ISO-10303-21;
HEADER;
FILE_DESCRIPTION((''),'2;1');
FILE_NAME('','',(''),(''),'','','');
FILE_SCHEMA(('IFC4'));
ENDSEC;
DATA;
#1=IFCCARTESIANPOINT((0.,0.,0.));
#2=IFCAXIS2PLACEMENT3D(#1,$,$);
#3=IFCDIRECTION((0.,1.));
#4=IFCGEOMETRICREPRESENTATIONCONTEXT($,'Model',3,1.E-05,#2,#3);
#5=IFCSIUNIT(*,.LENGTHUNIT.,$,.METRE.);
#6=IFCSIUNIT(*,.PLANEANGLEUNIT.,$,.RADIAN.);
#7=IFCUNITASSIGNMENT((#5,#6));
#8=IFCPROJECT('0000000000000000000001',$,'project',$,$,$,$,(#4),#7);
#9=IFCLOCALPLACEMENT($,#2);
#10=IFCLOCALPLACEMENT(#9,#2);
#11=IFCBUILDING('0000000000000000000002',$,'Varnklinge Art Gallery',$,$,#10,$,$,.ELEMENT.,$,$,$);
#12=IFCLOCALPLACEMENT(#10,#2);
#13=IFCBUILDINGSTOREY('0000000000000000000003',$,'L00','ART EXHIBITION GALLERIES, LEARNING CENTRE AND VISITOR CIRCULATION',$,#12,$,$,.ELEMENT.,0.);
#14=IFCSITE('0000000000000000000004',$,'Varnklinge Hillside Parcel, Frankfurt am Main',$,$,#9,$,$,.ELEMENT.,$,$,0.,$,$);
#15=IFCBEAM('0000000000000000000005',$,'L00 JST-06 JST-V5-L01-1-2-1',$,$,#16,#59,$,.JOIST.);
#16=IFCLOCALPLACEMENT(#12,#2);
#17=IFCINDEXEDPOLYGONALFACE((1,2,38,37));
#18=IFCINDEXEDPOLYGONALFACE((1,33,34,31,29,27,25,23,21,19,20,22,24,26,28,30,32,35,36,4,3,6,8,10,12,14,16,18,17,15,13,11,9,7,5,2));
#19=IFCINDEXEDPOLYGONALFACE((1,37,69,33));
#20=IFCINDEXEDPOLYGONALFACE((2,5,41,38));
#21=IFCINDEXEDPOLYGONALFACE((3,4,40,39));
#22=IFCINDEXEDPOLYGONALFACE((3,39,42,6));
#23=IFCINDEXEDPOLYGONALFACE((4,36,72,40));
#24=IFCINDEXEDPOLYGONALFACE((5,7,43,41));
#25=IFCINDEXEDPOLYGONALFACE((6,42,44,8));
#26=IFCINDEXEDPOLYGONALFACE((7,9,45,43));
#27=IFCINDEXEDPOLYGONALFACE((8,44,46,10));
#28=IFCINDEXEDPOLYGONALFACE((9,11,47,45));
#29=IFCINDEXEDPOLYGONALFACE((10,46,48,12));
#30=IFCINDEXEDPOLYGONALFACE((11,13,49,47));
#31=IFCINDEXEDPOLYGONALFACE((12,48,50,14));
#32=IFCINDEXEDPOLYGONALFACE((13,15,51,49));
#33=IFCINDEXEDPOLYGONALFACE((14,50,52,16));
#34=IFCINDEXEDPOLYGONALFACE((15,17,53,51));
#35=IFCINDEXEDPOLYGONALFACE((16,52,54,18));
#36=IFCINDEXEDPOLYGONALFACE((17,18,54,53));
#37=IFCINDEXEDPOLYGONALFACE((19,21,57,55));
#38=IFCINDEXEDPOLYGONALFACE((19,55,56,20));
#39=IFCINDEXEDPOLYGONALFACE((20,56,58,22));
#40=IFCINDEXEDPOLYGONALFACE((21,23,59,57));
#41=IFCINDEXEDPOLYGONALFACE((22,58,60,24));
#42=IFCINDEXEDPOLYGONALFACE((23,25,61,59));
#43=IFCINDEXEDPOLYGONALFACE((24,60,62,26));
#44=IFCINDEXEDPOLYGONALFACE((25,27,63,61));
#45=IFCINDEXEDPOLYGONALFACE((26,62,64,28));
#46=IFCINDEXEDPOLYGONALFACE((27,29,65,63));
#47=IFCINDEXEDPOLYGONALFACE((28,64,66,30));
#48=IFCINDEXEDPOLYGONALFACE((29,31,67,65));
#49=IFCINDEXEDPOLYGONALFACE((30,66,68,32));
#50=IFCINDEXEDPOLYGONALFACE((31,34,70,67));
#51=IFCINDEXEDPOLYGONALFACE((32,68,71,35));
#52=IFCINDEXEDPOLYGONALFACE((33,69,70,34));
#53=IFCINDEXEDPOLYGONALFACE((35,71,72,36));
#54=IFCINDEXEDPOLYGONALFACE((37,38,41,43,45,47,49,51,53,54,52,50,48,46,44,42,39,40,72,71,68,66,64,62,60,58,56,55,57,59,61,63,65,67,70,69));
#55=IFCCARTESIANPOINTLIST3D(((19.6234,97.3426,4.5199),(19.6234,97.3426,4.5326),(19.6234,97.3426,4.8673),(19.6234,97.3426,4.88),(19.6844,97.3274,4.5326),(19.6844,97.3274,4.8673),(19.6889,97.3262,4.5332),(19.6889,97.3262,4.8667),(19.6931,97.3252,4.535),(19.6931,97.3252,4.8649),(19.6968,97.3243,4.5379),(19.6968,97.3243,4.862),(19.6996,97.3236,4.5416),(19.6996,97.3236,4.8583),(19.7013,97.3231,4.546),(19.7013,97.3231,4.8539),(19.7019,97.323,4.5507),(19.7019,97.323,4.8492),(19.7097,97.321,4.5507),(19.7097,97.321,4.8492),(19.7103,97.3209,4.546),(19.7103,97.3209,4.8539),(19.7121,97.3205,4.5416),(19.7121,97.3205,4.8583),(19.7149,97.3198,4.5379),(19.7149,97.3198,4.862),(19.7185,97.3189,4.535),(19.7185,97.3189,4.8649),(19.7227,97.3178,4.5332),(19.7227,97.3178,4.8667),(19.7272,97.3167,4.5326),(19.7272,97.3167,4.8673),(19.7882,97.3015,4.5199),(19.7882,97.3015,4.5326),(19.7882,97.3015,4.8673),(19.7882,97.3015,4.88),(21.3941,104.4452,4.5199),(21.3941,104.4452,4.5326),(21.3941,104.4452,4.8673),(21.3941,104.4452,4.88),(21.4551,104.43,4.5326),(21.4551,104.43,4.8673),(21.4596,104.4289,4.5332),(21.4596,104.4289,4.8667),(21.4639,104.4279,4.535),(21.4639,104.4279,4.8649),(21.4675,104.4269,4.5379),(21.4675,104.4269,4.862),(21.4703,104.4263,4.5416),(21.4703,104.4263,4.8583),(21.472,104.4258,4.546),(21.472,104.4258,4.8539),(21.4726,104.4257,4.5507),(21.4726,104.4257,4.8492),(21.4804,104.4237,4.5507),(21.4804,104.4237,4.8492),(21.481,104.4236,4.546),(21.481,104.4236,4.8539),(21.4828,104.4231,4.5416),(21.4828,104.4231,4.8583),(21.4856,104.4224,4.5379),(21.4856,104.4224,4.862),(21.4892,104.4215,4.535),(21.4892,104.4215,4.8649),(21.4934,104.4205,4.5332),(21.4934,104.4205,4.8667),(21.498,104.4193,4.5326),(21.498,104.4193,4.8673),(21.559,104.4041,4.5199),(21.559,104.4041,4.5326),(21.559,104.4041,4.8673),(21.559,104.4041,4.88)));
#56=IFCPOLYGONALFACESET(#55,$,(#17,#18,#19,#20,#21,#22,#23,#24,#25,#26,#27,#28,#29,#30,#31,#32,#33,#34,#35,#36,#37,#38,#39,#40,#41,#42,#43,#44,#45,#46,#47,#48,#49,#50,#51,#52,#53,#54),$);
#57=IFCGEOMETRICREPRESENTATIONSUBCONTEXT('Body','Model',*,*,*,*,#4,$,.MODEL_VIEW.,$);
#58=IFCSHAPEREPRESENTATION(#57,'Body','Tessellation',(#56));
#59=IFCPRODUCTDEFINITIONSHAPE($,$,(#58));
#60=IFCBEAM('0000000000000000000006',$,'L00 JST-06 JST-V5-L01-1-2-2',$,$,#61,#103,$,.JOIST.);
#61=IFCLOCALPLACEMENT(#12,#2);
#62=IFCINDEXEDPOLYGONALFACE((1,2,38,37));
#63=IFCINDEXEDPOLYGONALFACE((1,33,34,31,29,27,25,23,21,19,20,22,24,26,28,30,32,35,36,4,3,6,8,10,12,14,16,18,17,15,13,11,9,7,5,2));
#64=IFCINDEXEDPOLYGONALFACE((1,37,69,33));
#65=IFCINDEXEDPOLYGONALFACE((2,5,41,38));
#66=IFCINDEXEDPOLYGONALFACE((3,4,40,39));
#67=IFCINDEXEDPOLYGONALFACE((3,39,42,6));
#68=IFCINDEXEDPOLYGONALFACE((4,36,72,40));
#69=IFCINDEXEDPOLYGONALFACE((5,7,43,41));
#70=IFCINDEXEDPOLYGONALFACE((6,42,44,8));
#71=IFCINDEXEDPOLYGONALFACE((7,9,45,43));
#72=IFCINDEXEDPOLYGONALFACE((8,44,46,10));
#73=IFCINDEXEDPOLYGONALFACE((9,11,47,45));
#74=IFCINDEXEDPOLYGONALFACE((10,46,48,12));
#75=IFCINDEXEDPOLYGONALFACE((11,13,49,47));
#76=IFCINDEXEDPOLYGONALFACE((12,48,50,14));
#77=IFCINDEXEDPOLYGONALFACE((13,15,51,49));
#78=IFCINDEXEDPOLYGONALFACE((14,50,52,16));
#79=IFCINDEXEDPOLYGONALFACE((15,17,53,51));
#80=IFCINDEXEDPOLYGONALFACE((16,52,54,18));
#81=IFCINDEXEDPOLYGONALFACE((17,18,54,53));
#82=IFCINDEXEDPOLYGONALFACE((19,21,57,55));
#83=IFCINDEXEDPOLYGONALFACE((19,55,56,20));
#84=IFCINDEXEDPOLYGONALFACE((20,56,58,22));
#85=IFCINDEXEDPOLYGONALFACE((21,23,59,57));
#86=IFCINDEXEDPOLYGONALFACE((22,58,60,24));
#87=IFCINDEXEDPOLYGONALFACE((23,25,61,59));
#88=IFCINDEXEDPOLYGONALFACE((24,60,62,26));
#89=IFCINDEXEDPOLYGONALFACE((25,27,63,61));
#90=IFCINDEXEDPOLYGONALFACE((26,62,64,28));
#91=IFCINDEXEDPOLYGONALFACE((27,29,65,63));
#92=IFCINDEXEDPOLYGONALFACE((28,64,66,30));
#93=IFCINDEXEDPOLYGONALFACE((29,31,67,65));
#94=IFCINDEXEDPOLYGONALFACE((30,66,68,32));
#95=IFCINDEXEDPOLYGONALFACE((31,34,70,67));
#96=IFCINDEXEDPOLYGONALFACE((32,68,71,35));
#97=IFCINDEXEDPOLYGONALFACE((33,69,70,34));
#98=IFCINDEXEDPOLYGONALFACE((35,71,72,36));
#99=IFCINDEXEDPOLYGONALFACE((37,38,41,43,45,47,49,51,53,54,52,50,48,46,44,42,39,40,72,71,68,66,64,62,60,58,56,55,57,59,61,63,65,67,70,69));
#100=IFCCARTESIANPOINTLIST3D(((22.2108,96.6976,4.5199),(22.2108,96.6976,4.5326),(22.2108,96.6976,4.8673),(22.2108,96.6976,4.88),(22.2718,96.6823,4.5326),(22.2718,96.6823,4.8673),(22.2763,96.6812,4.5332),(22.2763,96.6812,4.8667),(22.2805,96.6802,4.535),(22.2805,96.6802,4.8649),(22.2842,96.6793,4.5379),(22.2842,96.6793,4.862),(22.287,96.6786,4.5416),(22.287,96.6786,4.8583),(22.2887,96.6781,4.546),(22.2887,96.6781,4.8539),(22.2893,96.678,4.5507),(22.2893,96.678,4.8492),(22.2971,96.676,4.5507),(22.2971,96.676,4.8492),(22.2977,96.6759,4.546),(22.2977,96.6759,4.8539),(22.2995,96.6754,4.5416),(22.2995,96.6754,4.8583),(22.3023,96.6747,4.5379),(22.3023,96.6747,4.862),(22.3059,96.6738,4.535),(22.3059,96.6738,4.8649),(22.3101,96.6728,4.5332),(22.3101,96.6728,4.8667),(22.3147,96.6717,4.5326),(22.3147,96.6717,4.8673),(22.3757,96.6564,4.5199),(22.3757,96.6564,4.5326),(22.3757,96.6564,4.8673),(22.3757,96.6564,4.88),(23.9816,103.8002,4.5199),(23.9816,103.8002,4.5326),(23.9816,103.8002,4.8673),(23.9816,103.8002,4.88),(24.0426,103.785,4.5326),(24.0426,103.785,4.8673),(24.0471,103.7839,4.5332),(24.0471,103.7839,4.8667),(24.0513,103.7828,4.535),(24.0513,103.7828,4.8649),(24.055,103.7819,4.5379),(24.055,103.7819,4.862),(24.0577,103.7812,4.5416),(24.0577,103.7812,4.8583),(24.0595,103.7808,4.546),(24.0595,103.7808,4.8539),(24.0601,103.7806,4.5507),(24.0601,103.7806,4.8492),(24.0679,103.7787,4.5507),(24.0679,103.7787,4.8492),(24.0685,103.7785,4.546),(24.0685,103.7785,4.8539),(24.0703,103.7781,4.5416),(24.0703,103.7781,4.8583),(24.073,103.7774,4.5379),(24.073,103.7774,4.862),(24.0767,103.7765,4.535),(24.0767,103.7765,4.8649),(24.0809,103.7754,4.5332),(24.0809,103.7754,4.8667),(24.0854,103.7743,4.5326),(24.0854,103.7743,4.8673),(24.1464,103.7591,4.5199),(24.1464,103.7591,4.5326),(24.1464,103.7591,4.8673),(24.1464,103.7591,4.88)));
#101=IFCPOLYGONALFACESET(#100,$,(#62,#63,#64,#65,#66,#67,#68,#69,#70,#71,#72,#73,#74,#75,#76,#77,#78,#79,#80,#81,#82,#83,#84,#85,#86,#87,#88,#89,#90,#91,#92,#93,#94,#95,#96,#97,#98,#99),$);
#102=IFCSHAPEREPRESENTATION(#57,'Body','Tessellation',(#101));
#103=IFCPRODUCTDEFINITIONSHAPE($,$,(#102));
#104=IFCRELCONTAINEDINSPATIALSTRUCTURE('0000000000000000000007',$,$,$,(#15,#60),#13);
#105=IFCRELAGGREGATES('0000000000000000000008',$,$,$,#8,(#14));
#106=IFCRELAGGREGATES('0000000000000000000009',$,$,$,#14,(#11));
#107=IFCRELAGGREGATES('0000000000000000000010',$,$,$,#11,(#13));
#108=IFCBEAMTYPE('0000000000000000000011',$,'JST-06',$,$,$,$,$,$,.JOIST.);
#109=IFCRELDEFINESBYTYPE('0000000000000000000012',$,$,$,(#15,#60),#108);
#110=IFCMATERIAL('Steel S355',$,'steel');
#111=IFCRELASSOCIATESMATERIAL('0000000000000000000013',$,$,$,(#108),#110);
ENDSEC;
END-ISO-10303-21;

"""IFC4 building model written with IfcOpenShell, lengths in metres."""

from ifc_helpers import new_model, si_unit, direction, frame, origin, origin_2d, place, context, subcontext, project, spatial, i_section, extrude, material, material_profile, profile_set, type_object, element, save


model = new_model("IFC4")

# Units and contexts
model_context = context("Model", 3, precision=1e-05, world=origin(), true_north=direction((0.0, 1.0)))
body_context = subcontext(model_context, "Body", "Model", "MODEL_VIEW")
ifc_project = project(units=[si_unit("LENGTHUNIT", "METRE"), si_unit("PLANEANGLEUNIT", "RADIAN")], contexts=[model_context])

# Site, building, storey
site_placement = place(None, origin())
site = spatial("IfcSite", under=ifc_project, at=site_placement, Name="Varnklinge Hillside Parcel, Frankfurt am Main", CompositionType="ELEMENT", RefElevation=0.0)
building_placement = place(site_placement, origin())
building = spatial("IfcBuilding", under=site, at=building_placement, Name="Varnklinge Art Gallery", CompositionType="ELEMENT")
storey_placement = place(building_placement, origin())
storey = spatial("IfcBuildingStorey", under=building, at=storey_placement, Name="L00", Description="ART EXHIBITION GALLERIES, LEARNING CENTRE AND VISITOR CIRCULATION", CompositionType="ELEMENT", Elevation=0.0)

# Beams
ifc_material_1 = material(Name="Steel S355", Category="steel")
ifc_material_profile_1 = material_profile(ifc_material_1, i_section(OverallWidth=0.1699, OverallDepth=0.3601, WebThickness=0.0081, FlangeThickness=0.0127, FilletRadius=0.0181, at=origin_2d()), Name="IPE 360")
ifc_profile_set_1 = profile_set([ifc_material_profile_1], Name="Steel S355")
beam_type_1 = type_object("IfcBeamType", Name="JST-06", PredefinedType="JOIST", material=ifc_profile_set_1)
for number, where, z_axis, x_axis, name in (
    (1, (19.7058, 97.322, 4.7), (0.2419, 0.970301, 0.0), (-0.970301, 0.2419, 0.0), "L00 JST-06 JST-V5-L01-1-2-1"),
    (2, (22.2932, 96.677, 4.7), (0.241908, 0.970299, 0.0), (-0.970299, 0.241908, 0.0), "L00 JST-06 JST-V5-L01-1-2-2"),
):
    element("IfcBeam", number, at=place(storey_placement, frame(where, z_axis=z_axis, x_axis=x_axis)), inside=storey, type_object=beam_type_1, Name=name, PredefinedType="JOIST", context=body_context, shape_type="SweptSolid", body=[
        extrude(i_section(OverallWidth=0.1699, OverallDepth=0.3601, WebThickness=0.0081, FlangeThickness=0.0127, FilletRadius=0.0181, at=origin_2d()), origin(), (0.0, 0.0, 1.0), 7.3201),
    ])

save(model, "model.ifc")
